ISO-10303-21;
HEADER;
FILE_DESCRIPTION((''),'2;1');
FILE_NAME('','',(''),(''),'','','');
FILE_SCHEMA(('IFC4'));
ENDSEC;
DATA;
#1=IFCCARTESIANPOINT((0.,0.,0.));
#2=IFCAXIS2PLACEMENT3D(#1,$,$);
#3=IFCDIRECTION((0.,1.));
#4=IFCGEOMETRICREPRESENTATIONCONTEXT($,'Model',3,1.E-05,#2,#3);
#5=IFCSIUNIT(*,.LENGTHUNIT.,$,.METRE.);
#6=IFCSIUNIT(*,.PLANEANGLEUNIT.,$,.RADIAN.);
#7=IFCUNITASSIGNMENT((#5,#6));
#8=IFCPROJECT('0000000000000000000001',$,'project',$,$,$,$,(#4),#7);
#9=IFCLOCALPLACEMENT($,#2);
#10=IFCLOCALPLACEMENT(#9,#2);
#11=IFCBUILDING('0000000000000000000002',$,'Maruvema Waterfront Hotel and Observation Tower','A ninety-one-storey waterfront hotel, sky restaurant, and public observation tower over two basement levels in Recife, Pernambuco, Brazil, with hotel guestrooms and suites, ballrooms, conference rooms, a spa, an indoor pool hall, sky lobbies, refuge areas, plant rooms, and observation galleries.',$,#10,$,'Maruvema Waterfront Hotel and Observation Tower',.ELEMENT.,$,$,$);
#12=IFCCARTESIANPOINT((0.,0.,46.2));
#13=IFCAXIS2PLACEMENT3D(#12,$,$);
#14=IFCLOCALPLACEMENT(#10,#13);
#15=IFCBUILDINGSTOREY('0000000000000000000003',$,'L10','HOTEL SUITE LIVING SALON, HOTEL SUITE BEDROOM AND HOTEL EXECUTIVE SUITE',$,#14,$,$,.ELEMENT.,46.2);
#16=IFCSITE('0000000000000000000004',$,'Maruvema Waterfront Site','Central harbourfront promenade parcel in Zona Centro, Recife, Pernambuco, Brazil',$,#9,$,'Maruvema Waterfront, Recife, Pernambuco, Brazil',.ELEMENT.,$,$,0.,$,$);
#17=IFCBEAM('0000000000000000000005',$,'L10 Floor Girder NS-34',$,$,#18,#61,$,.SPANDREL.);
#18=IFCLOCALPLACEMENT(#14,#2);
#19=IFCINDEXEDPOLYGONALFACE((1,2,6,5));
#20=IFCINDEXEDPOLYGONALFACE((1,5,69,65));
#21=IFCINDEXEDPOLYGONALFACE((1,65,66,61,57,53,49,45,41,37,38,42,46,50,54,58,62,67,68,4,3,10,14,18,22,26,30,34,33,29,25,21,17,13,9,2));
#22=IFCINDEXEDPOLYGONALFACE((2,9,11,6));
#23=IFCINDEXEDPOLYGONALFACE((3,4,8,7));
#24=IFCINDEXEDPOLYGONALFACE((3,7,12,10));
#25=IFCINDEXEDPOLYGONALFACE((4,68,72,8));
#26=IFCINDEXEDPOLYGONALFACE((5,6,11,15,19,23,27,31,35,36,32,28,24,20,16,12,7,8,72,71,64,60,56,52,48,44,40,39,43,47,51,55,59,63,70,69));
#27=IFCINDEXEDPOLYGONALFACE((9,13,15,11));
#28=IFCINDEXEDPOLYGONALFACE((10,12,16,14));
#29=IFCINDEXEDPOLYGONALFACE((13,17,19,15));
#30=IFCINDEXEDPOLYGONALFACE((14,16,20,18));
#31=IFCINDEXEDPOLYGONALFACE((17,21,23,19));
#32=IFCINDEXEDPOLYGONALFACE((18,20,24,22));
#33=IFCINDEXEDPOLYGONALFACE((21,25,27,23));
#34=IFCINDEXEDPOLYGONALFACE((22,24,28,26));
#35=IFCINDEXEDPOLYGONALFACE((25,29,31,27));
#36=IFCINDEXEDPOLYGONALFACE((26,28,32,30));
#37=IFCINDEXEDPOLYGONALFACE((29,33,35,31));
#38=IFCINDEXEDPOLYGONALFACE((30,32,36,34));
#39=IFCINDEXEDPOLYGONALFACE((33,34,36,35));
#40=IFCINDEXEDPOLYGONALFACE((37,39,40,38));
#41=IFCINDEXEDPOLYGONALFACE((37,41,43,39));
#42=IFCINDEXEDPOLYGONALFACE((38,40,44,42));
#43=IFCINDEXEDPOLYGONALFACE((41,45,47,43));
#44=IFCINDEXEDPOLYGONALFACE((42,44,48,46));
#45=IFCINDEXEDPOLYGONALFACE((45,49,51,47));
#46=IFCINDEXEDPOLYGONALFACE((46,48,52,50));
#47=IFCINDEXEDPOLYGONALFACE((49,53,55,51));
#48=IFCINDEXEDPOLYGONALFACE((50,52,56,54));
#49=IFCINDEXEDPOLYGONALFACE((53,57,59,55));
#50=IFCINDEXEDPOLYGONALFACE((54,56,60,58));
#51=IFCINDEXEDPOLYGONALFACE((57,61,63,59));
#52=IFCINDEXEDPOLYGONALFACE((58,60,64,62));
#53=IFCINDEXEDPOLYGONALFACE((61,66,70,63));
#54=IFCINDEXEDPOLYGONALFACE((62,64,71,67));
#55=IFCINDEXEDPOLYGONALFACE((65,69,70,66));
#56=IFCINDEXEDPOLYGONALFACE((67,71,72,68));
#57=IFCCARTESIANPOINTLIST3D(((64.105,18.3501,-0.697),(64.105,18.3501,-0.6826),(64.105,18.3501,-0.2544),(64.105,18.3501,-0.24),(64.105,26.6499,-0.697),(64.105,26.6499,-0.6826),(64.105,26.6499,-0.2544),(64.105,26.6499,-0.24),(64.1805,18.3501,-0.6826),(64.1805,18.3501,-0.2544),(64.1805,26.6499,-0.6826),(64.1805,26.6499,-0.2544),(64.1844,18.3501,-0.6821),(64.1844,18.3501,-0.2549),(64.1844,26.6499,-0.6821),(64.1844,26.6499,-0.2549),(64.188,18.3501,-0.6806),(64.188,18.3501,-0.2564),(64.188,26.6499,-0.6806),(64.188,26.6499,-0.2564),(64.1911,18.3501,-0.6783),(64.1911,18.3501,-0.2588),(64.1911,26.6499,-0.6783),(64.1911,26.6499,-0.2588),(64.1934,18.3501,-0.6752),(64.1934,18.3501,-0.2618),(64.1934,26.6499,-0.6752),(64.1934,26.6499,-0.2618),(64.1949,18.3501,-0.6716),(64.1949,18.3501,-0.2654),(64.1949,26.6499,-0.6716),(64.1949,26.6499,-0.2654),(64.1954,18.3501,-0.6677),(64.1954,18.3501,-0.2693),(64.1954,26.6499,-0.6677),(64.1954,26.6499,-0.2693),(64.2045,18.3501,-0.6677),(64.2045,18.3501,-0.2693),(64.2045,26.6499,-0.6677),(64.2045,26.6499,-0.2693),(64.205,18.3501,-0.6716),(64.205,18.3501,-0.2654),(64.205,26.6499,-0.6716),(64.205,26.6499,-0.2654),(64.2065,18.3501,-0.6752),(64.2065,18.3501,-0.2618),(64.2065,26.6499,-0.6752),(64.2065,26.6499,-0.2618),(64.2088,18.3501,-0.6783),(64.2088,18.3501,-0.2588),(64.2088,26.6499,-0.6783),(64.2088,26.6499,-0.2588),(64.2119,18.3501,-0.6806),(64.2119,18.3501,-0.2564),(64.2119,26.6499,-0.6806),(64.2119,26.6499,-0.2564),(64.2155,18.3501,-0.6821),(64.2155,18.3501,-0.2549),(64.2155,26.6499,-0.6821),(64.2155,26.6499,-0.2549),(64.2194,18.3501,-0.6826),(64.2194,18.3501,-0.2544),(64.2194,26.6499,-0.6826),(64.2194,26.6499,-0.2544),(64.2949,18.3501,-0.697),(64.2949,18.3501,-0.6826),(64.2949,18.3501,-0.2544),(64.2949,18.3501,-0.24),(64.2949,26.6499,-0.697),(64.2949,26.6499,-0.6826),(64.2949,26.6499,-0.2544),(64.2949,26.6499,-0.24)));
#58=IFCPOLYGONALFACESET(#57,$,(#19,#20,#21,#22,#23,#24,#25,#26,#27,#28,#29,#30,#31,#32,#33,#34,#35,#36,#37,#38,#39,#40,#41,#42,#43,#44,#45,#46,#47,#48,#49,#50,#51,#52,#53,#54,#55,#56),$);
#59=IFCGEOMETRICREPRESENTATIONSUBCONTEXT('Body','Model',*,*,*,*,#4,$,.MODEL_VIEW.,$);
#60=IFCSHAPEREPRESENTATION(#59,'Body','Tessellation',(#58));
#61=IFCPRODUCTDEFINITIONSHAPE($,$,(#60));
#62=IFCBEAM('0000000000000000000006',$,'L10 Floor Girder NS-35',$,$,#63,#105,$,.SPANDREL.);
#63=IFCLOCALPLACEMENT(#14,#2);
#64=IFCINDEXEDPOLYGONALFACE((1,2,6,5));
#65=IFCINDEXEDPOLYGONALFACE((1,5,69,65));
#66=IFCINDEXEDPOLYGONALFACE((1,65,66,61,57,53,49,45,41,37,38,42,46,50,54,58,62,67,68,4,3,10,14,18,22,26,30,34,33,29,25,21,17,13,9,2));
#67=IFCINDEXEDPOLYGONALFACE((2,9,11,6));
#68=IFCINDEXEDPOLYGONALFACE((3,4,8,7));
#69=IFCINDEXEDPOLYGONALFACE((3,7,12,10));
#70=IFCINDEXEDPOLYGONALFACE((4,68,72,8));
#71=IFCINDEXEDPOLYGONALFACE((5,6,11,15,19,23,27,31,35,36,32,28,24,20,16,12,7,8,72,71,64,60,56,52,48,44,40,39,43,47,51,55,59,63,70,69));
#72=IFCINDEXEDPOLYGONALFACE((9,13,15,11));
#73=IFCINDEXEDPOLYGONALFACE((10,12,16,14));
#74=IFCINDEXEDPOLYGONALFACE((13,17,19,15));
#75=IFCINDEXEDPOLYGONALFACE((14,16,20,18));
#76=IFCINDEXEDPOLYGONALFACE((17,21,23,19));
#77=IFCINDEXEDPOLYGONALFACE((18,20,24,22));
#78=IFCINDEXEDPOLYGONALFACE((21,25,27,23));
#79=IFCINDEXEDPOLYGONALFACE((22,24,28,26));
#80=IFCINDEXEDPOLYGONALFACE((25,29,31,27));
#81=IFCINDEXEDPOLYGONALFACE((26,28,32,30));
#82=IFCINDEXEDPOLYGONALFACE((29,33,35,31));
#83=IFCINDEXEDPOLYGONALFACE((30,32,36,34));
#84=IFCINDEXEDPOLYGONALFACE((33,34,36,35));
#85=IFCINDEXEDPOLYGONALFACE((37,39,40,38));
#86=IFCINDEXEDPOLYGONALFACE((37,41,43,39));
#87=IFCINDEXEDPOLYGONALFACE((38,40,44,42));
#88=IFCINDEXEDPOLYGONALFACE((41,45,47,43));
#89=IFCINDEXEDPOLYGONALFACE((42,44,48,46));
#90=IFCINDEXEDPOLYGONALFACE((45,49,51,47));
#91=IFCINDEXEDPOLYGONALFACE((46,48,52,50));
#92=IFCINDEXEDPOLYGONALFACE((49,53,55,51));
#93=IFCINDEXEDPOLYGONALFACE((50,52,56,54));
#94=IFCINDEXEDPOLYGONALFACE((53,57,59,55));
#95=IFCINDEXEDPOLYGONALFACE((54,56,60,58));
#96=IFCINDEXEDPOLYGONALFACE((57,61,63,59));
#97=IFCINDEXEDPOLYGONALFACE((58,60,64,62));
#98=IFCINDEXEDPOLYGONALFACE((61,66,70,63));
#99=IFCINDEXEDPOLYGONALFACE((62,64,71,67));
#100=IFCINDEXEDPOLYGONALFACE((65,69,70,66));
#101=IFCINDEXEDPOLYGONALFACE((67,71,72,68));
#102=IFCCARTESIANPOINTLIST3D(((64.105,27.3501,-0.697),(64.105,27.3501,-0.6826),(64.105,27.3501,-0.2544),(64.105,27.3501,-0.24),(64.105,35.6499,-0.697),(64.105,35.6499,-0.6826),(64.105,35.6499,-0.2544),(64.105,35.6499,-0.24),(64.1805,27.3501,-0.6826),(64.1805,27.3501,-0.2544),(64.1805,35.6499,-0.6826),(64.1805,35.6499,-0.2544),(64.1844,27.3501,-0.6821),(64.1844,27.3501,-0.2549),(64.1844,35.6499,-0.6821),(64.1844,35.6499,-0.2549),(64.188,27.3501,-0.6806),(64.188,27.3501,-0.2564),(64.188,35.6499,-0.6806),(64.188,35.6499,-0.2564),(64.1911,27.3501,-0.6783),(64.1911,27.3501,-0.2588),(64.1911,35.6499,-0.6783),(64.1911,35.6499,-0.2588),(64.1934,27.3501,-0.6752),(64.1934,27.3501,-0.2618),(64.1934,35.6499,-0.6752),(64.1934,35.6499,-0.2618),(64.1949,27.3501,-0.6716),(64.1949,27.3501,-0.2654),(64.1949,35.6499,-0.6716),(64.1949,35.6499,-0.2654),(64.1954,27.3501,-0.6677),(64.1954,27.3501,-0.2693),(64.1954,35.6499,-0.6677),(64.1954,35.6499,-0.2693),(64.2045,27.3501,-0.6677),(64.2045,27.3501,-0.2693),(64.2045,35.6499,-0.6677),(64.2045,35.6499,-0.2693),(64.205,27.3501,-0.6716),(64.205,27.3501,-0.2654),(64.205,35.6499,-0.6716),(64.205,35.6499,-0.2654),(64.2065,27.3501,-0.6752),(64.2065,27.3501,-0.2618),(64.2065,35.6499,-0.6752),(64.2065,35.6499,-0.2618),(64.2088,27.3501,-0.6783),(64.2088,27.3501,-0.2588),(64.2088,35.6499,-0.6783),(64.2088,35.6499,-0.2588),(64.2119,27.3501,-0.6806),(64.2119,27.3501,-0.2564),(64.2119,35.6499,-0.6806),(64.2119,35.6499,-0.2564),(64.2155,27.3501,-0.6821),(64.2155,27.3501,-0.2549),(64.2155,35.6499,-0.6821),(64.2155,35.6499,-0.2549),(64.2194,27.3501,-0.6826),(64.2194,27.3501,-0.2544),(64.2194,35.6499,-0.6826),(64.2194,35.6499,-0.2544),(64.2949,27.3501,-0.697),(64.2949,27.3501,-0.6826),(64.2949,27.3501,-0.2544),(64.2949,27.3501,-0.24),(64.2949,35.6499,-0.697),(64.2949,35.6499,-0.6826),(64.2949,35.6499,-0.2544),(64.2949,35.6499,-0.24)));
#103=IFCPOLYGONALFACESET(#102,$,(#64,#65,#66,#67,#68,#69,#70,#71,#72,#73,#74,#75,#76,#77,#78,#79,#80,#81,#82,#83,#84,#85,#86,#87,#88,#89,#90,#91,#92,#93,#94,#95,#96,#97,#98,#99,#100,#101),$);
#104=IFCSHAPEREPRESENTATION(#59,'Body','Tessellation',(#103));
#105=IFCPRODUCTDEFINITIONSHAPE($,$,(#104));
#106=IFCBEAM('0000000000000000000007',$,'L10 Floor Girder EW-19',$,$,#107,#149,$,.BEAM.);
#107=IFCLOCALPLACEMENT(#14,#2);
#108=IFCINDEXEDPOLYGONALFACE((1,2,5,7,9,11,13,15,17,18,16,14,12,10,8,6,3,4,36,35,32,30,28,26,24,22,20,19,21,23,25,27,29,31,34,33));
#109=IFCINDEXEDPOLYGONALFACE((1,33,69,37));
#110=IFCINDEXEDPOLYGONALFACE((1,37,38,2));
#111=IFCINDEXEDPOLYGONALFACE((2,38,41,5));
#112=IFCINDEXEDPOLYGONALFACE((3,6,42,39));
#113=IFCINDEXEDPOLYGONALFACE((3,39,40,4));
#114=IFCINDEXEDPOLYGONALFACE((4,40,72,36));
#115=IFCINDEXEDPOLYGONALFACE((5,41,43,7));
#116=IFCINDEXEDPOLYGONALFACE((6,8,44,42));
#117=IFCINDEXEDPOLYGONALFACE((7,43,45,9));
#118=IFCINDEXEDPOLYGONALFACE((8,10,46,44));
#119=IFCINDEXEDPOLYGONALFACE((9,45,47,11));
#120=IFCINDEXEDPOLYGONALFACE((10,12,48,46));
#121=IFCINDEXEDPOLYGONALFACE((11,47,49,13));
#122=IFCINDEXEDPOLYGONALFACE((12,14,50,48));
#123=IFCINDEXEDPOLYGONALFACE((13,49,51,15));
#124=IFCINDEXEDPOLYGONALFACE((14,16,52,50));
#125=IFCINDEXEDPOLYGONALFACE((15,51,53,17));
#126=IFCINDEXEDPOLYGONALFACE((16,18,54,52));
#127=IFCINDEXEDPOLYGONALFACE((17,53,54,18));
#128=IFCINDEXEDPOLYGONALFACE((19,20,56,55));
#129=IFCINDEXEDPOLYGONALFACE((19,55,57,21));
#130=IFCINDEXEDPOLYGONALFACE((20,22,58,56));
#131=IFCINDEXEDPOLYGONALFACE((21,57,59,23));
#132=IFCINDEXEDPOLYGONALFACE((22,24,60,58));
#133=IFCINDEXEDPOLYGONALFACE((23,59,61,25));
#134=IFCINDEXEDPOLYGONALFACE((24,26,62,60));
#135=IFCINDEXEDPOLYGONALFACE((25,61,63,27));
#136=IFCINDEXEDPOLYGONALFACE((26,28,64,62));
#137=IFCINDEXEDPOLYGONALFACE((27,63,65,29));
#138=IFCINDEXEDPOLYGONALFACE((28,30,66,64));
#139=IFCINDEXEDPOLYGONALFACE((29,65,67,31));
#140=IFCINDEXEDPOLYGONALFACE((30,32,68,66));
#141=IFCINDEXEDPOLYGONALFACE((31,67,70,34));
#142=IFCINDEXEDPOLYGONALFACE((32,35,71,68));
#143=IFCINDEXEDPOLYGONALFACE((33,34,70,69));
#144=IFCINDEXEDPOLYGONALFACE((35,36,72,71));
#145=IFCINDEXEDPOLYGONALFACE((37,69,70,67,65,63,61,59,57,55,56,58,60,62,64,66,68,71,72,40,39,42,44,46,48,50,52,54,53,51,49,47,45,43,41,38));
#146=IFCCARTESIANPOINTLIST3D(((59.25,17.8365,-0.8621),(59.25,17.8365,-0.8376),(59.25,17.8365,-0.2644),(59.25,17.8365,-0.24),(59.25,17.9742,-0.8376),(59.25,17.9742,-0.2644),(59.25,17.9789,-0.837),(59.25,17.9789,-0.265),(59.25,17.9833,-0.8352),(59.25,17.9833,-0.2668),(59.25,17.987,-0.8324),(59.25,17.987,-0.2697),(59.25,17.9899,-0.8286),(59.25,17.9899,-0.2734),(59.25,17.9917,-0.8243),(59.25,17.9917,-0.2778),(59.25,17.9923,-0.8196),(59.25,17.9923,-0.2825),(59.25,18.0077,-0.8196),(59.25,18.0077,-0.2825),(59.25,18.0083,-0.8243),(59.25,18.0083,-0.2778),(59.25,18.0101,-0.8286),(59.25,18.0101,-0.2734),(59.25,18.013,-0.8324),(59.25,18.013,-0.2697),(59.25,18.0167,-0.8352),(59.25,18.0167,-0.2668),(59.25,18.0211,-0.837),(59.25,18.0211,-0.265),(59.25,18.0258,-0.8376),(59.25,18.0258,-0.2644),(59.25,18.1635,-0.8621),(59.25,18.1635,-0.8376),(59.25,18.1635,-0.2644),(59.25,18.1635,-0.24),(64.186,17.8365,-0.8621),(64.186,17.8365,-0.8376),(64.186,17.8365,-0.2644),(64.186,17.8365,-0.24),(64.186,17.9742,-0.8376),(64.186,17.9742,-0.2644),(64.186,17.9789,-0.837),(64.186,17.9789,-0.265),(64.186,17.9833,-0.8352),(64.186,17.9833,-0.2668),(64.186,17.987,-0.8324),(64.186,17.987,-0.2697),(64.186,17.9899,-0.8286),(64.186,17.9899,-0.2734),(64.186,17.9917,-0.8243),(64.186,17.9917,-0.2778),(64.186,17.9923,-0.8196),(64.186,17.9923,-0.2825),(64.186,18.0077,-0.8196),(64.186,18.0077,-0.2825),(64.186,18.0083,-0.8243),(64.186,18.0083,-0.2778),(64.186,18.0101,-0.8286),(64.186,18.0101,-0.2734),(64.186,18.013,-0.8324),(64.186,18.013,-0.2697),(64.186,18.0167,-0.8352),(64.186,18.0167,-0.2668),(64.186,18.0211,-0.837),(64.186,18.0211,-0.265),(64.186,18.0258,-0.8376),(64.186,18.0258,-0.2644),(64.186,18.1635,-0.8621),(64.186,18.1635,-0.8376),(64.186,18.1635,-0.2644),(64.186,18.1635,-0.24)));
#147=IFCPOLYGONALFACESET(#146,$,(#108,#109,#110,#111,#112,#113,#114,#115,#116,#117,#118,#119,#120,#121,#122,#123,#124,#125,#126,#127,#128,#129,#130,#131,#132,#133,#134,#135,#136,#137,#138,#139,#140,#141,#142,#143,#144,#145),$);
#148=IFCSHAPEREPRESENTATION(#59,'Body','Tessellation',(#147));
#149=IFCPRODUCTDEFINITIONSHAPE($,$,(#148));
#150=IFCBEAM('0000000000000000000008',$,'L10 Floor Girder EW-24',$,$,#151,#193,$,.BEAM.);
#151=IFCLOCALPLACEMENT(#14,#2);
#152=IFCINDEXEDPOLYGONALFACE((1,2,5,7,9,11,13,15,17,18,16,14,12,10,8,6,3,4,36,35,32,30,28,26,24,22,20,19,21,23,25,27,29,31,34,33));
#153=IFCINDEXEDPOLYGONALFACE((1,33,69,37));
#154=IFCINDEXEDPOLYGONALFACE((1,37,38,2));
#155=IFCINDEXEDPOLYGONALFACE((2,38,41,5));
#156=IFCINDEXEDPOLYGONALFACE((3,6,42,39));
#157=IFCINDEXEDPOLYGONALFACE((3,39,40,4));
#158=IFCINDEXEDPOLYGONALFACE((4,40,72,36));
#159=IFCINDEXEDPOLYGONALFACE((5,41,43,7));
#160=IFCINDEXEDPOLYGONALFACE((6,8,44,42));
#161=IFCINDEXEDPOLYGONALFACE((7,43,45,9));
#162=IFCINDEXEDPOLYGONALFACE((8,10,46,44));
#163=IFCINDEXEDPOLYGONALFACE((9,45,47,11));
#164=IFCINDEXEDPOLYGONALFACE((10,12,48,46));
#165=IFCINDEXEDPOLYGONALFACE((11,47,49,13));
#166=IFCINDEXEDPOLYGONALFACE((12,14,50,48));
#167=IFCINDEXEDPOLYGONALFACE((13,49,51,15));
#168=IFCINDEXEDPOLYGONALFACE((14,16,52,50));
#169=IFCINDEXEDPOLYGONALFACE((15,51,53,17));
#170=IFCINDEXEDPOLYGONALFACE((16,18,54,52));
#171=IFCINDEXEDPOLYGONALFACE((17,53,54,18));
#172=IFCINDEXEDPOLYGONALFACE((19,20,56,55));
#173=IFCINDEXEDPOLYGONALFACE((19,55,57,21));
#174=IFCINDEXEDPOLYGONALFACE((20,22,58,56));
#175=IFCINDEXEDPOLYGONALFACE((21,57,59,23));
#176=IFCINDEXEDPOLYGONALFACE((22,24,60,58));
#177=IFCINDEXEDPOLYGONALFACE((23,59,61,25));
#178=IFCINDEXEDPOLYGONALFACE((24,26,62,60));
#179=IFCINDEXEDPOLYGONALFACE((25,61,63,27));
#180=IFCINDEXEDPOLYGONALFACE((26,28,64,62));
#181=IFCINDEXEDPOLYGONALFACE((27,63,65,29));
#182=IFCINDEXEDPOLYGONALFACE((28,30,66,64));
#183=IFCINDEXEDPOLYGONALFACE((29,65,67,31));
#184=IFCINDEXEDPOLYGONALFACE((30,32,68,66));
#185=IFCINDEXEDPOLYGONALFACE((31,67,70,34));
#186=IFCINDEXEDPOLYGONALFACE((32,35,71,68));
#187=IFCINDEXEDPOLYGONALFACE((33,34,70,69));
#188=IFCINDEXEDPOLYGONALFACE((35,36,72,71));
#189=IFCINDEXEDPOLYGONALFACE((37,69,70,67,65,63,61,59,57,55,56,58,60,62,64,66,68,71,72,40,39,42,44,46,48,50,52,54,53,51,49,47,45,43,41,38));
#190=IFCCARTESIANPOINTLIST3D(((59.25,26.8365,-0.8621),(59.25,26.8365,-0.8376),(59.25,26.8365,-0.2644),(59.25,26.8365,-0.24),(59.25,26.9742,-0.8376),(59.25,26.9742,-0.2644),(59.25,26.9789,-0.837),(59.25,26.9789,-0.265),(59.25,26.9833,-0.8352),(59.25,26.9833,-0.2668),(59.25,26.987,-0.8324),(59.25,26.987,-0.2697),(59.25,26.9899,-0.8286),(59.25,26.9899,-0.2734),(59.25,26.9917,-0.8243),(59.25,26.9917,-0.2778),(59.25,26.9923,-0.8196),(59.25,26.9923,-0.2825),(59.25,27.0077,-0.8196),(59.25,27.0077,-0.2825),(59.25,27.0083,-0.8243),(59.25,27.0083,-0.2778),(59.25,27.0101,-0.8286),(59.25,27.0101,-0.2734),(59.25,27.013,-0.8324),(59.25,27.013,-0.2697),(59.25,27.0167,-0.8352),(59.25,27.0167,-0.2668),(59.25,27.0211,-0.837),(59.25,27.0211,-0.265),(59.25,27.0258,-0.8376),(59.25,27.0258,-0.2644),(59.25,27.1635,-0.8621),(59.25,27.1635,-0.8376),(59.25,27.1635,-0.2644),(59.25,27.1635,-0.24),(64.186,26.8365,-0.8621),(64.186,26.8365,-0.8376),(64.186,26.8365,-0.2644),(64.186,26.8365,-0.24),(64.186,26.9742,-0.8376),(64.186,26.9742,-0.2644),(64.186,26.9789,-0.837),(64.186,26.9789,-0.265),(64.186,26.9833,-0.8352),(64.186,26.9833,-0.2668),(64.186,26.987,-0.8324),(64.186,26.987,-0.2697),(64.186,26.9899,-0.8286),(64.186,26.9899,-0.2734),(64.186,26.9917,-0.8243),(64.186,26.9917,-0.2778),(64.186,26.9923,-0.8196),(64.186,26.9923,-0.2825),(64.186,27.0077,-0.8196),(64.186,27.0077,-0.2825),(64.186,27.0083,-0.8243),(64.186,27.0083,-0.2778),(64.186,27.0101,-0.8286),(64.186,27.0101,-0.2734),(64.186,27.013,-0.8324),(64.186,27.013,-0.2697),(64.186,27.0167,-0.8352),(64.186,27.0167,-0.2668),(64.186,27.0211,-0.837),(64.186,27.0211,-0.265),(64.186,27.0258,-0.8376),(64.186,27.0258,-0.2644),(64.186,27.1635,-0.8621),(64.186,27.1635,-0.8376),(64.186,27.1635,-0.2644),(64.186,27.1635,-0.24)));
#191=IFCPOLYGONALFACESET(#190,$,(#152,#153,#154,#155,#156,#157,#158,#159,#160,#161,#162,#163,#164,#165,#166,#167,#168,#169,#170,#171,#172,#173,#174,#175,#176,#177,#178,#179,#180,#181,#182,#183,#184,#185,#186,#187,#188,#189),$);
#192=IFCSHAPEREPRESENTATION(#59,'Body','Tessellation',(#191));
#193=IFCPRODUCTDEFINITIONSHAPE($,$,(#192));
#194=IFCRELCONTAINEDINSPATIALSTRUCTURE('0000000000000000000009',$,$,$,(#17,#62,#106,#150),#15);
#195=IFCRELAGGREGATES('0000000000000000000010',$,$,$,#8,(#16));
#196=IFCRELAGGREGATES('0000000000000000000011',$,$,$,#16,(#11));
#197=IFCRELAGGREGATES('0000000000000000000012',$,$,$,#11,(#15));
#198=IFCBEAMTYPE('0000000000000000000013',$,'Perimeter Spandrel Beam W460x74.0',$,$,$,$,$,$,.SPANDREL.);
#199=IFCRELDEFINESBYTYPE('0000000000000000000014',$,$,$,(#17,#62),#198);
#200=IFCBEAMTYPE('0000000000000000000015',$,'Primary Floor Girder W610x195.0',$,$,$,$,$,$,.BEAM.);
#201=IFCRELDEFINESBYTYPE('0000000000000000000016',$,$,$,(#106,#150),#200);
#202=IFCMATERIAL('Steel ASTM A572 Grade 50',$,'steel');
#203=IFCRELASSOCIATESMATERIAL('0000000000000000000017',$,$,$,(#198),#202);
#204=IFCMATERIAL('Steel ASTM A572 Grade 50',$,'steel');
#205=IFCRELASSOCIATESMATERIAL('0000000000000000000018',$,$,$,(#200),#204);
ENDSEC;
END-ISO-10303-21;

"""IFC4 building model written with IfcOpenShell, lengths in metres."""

from ifc_helpers import new_model, si_unit, direction, frame, origin, origin_2d, place, context, subcontext, project, spatial, i_section, extrude, material, material_profile, profile_set, type_object, element, save


model = new_model("IFC4")

# Units and contexts
model_context = context("Model", 3, precision=1e-05, world=origin(), true_north=direction((0.0, 1.0)))
body_context = subcontext(model_context, "Body", "Model", "MODEL_VIEW")
ifc_project = project(units=[si_unit("LENGTHUNIT", "METRE"), si_unit("PLANEANGLEUNIT", "RADIAN")], contexts=[model_context])

# Site, building, storey
site_placement = place(None, origin())
site = spatial("IfcSite", under=ifc_project, at=site_placement, Name="Maruvema Waterfront Site", Description="Central harbourfront promenade parcel in Zona Centro, Recife, Pernambuco, Brazil", LongName="Maruvema Waterfront, Recife, Pernambuco, Brazil", CompositionType="ELEMENT", RefElevation=0.0)
building_placement = place(site_placement, origin())
building = spatial("IfcBuilding", under=site, at=building_placement, Name="Maruvema Waterfront Hotel and Observation Tower", Description="A ninety-one-storey waterfront hotel, sky restaurant, and public observation tower over two basement levels in Recife, Pernambuco, Brazil, with hotel guestrooms and suites, ballrooms, conference rooms, a spa, an indoor pool hall, sky lobbies, refuge areas, plant rooms, and observation galleries.", LongName="Maruvema Waterfront Hotel and Observation Tower", CompositionType="ELEMENT")
storey_placement = place(building_placement, frame((0.0, 0.0, 46.2)))
storey = spatial("IfcBuildingStorey", under=building, at=storey_placement, Name="L10", Description="HOTEL SUITE LIVING SALON, HOTEL SUITE BEDROOM AND HOTEL EXECUTIVE SUITE", CompositionType="ELEMENT", Elevation=46.2)

# Beams
ifc_material_1 = material(Name="Steel ASTM A572 Grade 50", Category="steel")
ifc_material_profile_1 = material_profile(ifc_material_1, i_section(OverallWidth=0.1899, OverallDepth=0.457, WebThickness=0.009, FlangeThickness=0.0144, FilletRadius=0.0149, at=origin_2d()), Name="W460x74.0")
ifc_profile_set_1 = profile_set([ifc_material_profile_1], Name="Steel ASTM A572 Grade 50")
beam_type_1 = type_object("IfcBeamType", Name="Perimeter Spandrel Beam W460x74.0", PredefinedType="SPANDREL", material=ifc_profile_set_1)
for number, where, z_axis, x_axis, name in (
    (1, (64.2, 18.3501, -0.4685), (0.0, 1.0, 0.0), (-1.0, 0.0, 0.0), "L10 Floor Girder NS-34"),
    (2, (64.2, 27.3501, -0.4685), (0.0, 1.0, 0.0), (-1.0, 0.0, 0.0), "L10 Floor Girder NS-35"),
):
    element("IfcBeam", number, at=place(storey_placement, frame(where, z_axis=z_axis, x_axis=x_axis)), inside=storey, type_object=beam_type_1, Name=name, PredefinedType="SPANDREL", context=body_context, shape_type="SweptSolid", body=[
        extrude(i_section(OverallWidth=0.1899, OverallDepth=0.457, WebThickness=0.009, FlangeThickness=0.0144, FilletRadius=0.0149, at=origin_2d()), origin(), (0.0, 0.0, 1.0), 8.2998),
    ])
ifc_material_2 = material(Name="Steel ASTM A572 Grade 50", Category="steel")
ifc_material_profile_2 = material_profile(ifc_material_2, i_section(OverallWidth=0.3269, OverallDepth=0.6221, WebThickness=0.0154, FlangeThickness=0.0244, FilletRadius=0.0181, at=origin_2d()), Name="W610x195.0")
ifc_profile_set_2 = profile_set([ifc_material_profile_2], Name="Steel ASTM A572 Grade 50")
beam_type_2 = type_object("IfcBeamType", Name="Primary Floor Girder W610x195.0", PredefinedType="BEAM", material=ifc_profile_set_2)
for number, where, z_axis, x_axis, name in (
    (3, (59.25, 18.0, -0.551), (1.0, 0.0, 0.0), (0.0, 1.0, 0.0), "L10 Floor Girder EW-19"),
    (4, (59.25, 27.0, -0.551), (1.0, 0.0, 0.0), (0.0, 1.0, 0.0), "L10 Floor Girder EW-24"),
):
    element("IfcBeam", number, at=place(storey_placement, frame(where, z_axis=z_axis, x_axis=x_axis)), inside=storey, type_object=beam_type_2, Name=name, PredefinedType="BEAM", context=body_context, shape_type="SweptSolid", body=[
        extrude(i_section(OverallWidth=0.3269, OverallDepth=0.6221, WebThickness=0.0154, FlangeThickness=0.0244, FilletRadius=0.0181, at=origin_2d()), origin(), (0.0, 0.0, 1.0), 4.936),
    ])

save(model, "model.ifc")
